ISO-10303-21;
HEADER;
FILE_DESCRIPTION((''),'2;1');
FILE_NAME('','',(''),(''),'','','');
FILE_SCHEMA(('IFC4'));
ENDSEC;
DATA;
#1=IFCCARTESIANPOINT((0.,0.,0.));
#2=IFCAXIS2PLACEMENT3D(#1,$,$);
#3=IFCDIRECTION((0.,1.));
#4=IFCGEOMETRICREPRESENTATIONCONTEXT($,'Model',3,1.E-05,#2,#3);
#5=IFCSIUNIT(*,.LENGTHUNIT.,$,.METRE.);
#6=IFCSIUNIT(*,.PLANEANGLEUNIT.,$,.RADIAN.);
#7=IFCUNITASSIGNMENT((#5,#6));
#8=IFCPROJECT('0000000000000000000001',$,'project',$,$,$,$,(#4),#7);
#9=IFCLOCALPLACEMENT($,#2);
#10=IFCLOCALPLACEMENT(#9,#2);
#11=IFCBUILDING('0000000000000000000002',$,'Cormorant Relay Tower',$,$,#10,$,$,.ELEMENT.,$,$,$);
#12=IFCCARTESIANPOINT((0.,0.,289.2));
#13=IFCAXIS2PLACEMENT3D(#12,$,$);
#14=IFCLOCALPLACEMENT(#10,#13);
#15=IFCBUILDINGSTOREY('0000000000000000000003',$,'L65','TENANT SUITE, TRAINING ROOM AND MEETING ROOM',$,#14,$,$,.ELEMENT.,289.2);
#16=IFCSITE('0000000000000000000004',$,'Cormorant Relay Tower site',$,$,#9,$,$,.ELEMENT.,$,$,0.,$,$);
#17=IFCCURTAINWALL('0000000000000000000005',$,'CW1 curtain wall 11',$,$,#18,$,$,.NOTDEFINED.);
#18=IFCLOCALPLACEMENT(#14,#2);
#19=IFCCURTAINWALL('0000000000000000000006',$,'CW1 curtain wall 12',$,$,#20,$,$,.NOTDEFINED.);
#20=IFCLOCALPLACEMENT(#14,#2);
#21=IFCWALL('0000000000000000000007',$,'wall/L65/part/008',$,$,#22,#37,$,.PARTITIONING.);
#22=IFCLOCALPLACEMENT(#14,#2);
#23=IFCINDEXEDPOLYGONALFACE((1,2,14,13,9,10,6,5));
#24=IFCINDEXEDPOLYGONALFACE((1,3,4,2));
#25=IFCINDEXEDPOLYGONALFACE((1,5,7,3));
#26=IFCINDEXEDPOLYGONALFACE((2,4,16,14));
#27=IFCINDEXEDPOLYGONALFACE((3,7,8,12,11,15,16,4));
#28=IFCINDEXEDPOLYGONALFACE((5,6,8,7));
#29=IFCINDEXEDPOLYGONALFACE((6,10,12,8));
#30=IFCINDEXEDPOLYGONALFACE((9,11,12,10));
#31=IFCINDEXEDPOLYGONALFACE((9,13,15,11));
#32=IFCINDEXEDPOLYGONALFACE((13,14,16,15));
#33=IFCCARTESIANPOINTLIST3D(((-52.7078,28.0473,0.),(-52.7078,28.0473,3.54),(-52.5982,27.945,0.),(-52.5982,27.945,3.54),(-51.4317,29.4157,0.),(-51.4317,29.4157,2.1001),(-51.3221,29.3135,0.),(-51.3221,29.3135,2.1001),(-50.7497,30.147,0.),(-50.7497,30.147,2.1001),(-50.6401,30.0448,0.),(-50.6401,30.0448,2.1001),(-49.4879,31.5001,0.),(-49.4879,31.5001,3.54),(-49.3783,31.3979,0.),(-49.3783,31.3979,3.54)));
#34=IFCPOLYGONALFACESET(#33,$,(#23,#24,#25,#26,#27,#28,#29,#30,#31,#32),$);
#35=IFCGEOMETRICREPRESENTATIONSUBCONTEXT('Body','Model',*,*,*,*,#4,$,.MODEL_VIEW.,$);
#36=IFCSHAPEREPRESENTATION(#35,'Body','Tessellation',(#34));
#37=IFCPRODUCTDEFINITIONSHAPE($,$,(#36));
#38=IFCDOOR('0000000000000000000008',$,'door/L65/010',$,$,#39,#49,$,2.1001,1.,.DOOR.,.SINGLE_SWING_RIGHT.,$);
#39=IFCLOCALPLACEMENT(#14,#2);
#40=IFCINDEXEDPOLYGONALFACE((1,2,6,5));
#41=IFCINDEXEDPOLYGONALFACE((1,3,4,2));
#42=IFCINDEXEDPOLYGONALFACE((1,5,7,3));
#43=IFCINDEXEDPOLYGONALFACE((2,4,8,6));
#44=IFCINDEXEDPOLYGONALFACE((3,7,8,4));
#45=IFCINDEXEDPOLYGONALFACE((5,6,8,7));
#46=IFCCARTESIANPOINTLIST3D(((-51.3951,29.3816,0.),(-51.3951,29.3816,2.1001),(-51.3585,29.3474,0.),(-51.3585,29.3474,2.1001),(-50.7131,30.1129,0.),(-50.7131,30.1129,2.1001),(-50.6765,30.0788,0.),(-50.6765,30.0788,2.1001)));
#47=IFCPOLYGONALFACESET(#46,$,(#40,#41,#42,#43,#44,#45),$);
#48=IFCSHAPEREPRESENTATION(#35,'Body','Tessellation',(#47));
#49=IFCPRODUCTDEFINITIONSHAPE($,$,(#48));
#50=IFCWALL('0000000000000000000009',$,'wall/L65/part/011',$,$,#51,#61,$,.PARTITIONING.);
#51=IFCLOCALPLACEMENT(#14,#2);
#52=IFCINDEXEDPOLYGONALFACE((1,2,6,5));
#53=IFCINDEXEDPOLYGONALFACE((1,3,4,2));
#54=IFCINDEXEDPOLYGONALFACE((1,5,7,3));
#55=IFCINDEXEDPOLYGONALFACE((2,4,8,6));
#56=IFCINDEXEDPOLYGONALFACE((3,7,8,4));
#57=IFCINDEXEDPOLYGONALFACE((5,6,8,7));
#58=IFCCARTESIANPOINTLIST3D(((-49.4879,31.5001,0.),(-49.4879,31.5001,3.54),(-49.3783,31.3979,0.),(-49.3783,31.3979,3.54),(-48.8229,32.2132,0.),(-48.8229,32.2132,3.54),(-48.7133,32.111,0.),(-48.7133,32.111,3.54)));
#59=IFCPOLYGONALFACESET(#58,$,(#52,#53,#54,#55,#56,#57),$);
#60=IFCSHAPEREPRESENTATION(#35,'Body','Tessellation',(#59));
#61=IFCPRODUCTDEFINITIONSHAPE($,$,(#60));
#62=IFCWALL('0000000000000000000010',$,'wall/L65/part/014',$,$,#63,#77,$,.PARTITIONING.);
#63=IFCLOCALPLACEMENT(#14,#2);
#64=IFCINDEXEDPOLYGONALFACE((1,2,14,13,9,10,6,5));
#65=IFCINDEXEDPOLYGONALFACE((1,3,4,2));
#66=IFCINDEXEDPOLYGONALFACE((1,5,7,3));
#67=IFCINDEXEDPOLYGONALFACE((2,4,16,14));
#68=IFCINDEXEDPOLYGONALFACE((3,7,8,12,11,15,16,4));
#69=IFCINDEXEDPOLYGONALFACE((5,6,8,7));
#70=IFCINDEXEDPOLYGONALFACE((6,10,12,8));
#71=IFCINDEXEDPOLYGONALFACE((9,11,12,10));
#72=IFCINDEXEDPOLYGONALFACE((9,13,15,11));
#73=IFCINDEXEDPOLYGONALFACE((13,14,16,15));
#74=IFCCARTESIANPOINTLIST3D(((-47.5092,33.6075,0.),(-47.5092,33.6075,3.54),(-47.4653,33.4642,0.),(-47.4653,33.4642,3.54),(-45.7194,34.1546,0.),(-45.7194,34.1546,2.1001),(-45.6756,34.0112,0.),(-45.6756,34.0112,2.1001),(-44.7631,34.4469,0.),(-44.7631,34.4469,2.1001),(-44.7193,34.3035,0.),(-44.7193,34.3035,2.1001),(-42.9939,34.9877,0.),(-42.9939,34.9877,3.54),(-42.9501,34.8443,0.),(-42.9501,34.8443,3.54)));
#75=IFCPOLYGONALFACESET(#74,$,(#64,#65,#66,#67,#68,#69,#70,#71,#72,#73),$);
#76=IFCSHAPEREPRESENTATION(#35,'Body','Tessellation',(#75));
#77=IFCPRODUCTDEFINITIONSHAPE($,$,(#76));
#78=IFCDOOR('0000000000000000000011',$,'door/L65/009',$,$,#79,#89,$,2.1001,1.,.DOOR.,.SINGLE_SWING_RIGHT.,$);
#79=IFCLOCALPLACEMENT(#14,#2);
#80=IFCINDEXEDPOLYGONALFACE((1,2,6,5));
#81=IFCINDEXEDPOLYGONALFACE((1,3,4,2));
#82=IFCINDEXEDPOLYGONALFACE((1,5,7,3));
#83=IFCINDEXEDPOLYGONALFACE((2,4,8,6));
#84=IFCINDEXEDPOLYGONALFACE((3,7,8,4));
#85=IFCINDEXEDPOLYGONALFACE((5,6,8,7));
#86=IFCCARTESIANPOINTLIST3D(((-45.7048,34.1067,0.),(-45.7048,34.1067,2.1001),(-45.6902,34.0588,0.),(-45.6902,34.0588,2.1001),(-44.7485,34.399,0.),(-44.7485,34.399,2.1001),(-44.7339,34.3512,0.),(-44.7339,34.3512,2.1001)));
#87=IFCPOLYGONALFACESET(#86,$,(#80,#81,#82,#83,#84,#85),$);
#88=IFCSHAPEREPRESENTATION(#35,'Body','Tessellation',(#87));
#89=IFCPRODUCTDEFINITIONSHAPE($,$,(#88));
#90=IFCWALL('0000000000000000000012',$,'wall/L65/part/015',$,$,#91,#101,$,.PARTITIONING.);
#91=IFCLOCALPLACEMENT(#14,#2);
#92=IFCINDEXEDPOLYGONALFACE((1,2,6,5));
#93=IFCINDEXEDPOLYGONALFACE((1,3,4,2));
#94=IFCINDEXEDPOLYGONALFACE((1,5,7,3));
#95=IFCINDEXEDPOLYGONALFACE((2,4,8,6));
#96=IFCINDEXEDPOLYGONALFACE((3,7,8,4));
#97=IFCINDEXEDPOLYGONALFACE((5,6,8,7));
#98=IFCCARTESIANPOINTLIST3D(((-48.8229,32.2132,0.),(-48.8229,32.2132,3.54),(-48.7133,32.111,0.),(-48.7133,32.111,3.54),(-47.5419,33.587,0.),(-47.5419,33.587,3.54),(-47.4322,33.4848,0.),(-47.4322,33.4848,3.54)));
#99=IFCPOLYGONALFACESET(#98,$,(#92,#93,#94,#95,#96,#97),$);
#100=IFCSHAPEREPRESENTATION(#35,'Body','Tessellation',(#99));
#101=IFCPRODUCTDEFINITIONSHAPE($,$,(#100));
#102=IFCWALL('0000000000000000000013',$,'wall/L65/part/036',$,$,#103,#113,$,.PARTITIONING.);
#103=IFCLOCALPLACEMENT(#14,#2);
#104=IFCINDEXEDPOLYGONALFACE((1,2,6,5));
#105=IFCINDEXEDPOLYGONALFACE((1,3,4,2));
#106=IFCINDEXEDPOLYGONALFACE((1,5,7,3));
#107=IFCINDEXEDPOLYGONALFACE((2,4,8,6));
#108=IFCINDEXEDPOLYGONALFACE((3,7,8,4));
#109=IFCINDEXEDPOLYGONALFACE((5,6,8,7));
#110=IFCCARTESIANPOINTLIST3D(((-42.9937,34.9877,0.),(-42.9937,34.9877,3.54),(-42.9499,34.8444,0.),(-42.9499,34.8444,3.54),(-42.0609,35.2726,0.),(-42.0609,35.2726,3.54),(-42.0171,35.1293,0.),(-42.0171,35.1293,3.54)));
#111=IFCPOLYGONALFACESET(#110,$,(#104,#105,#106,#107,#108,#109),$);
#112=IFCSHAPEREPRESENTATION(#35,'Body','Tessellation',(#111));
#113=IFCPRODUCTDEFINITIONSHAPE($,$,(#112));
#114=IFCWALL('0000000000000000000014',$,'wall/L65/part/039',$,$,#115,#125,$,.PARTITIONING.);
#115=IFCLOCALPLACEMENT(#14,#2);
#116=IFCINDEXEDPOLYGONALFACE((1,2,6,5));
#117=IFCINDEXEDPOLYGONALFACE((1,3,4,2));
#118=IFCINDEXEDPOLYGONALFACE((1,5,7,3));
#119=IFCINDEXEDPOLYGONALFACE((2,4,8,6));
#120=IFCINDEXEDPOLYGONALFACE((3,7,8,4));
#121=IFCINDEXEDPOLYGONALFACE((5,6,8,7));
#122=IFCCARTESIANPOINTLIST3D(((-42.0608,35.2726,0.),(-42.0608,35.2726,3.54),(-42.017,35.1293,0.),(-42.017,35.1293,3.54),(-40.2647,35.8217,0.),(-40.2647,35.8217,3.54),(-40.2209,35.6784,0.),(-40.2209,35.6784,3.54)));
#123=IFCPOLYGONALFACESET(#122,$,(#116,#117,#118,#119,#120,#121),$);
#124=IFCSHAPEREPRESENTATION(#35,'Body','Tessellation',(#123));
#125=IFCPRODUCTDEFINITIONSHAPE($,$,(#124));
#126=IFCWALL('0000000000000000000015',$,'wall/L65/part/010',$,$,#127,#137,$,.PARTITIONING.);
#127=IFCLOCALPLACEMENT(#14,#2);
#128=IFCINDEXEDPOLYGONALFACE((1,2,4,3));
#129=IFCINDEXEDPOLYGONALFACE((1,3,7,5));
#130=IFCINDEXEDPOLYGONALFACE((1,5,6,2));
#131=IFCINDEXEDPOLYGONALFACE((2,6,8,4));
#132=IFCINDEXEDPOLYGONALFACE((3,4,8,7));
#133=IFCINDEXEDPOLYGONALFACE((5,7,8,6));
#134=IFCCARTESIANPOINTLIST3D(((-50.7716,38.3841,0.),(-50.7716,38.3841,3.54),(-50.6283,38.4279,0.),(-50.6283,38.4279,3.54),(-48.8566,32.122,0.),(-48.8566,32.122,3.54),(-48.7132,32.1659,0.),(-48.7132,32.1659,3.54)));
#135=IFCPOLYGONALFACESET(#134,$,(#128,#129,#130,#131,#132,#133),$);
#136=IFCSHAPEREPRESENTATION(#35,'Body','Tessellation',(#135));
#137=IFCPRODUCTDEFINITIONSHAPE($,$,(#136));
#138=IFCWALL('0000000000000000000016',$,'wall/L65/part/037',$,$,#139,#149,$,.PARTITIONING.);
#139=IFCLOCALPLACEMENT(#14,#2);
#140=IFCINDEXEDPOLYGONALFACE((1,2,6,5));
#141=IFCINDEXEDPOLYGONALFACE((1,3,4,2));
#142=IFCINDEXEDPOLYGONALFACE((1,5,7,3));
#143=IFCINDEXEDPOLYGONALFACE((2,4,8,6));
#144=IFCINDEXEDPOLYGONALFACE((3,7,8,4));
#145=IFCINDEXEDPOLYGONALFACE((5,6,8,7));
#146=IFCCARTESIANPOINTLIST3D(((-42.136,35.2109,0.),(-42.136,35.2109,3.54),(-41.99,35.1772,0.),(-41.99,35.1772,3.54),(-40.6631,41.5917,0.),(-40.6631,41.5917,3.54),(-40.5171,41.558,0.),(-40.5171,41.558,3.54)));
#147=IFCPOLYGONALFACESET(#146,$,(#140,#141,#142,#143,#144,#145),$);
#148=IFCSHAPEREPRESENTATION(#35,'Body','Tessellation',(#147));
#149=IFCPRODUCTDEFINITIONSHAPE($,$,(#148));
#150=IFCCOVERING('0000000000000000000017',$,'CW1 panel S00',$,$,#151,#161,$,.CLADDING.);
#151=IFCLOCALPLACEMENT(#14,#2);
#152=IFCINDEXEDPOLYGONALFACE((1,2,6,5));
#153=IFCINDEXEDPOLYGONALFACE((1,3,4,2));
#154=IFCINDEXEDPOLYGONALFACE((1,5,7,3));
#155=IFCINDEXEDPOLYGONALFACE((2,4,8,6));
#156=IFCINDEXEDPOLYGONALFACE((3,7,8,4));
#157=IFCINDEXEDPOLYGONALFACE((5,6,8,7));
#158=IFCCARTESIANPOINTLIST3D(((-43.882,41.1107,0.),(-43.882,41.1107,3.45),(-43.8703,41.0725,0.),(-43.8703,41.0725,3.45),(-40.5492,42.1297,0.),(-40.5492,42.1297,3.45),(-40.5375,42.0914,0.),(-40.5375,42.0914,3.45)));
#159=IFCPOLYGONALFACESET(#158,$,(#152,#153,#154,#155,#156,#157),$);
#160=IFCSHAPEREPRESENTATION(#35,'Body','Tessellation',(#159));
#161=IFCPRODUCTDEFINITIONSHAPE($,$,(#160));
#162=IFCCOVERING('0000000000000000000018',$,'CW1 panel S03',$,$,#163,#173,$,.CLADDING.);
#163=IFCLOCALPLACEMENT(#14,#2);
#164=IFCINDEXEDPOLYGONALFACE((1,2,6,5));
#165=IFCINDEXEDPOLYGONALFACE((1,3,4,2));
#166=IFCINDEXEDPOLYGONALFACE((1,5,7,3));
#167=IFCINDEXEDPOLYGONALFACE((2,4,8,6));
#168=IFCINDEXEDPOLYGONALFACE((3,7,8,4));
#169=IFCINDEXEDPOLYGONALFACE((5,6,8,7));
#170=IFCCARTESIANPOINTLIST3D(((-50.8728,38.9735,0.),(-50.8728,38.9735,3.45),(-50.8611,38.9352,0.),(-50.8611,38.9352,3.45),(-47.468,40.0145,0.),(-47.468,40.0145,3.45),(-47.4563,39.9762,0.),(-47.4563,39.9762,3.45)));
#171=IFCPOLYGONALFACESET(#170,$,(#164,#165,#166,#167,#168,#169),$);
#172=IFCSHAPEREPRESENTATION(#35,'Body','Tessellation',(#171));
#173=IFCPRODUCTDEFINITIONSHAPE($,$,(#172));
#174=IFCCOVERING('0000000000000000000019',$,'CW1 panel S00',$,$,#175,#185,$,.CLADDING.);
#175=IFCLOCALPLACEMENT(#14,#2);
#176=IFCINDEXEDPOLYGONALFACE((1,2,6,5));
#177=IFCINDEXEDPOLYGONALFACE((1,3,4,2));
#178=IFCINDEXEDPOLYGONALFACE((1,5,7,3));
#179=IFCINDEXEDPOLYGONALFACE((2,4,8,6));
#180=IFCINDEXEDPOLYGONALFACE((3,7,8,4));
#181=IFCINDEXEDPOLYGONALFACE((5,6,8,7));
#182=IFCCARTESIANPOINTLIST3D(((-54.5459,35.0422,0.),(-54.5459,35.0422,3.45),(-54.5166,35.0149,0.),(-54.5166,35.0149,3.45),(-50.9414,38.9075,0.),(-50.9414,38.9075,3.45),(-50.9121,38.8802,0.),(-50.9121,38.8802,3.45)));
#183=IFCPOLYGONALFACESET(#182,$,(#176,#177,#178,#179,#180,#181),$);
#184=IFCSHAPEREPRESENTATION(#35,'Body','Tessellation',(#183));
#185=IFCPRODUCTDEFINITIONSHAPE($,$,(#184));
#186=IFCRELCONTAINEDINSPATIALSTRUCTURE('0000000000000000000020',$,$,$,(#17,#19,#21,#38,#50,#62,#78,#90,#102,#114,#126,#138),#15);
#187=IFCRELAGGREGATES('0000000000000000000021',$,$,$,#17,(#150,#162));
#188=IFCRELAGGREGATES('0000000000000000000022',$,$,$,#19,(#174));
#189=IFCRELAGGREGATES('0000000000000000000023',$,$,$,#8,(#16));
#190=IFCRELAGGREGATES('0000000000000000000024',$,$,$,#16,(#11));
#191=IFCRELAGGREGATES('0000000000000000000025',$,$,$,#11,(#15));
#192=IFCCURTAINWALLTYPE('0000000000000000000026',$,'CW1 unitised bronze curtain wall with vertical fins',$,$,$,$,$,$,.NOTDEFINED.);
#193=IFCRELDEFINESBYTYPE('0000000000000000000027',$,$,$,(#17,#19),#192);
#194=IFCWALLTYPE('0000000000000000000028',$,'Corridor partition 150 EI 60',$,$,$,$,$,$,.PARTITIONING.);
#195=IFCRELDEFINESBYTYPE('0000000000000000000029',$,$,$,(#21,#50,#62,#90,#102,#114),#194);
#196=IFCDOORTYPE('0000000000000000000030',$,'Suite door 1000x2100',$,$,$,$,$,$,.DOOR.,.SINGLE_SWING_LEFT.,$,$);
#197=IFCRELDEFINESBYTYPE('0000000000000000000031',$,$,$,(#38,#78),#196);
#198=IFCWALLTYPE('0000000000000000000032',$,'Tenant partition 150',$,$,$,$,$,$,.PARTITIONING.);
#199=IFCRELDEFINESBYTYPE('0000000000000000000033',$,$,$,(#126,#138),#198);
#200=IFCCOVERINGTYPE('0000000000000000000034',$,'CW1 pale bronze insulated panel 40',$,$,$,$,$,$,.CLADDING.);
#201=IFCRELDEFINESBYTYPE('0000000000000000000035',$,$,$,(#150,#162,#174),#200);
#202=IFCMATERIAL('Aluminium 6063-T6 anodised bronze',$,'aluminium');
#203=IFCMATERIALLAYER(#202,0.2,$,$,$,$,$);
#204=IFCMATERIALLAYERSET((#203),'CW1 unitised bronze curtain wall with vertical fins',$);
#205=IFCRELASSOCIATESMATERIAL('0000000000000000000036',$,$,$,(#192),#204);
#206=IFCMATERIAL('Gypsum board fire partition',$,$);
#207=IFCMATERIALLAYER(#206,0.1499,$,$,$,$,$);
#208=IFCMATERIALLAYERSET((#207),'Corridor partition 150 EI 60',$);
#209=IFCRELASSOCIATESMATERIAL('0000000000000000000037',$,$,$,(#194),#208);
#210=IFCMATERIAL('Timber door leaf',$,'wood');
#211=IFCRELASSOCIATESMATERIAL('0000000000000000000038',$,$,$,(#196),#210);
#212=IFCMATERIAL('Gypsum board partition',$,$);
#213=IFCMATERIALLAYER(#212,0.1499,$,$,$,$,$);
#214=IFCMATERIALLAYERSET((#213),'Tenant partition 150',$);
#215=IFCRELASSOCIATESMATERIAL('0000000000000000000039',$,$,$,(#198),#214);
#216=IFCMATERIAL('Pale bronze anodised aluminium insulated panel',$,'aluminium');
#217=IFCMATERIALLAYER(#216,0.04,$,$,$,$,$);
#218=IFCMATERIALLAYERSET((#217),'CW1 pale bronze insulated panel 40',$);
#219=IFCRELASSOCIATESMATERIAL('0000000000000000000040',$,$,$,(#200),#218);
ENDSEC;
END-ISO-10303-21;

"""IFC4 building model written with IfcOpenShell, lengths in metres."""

from ifc_helpers import new_model, si_unit, direction, frame, frame_2d, origin, origin_2d, place, context, subcontext, project, spatial, rectangle, extrude, material, layer, layer_set, type_object, element, fill, aggregate, save


model = new_model("IFC4")

# Units and contexts
model_context = context("Model", 3, precision=1e-05, world=origin(), true_north=direction((0.0, 1.0)))
body_context = subcontext(model_context, "Body", "Model", "MODEL_VIEW")
ifc_project = project(units=[si_unit("LENGTHUNIT", "METRE"), si_unit("PLANEANGLEUNIT", "RADIAN")], contexts=[model_context])

# Site, building, storey
site_placement = place(None, origin())
site = spatial("IfcSite", under=ifc_project, at=site_placement, Name="Cormorant Relay Tower site", CompositionType="ELEMENT", RefElevation=0.0)
building_placement = place(site_placement, origin())
building = spatial("IfcBuilding", under=site, at=building_placement, Name="Cormorant Relay Tower", CompositionType="ELEMENT")
storey_placement = place(building_placement, frame((0.0, 0.0, 289.2)))
storey = spatial("IfcBuildingStorey", under=building, at=storey_placement, Name="L65", Description="TENANT SUITE, TRAINING ROOM AND MEETING ROOM", CompositionType="ELEMENT", Elevation=289.2)

# Curtain walls
ifc_material_1 = material(Name="Aluminium 6063-T6 anodised bronze", Category="aluminium")
ifc_layer_1 = layer(ifc_material_1, 0.2)
ifc_layer_set_1 = layer_set([ifc_layer_1], Name="CW1 unitised bronze curtain wall with vertical fins")
curtain_wall_type = type_object("IfcCurtainWallType", Name="CW1 unitised bronze curtain wall with vertical fins", PredefinedType="NOTDEFINED", material=ifc_layer_set_1)
curtain_wall_1_placement = place(storey_placement, origin())
curtain_wall_1 = element("IfcCurtainWall", 1, at=curtain_wall_1_placement, inside=storey, type_object=curtain_wall_type, Name="CW1 curtain wall 11", PredefinedType="NOTDEFINED")
curtain_wall_2_placement = place(storey_placement, origin())
curtain_wall_2 = element("IfcCurtainWall", 2, at=curtain_wall_2_placement, inside=storey, type_object=curtain_wall_type, Name="CW1 curtain wall 12", PredefinedType="NOTDEFINED")

# Wall, opening, door
ifc_material_2 = material(Name="Gypsum board fire partition")
ifc_layer_2 = layer(ifc_material_2, 0.1499)
ifc_layer_set_2 = layer_set([ifc_layer_2], Name="Corridor partition 150 EI 60")
wall_type_1 = type_object("IfcWallType", Name="Corridor partition 150 EI 60", PredefinedType="PARTITIONING", material=ifc_layer_set_2)
wall_1_placement = place(storey_placement, frame((-49.4331, 31.449, 0.0), z_axis=(0.0, 0.0, 1.0), x_axis=(-0.682011, -0.731342, 0.0)))
wall_1 = element("IfcWall", 3, at=wall_1_placement, inside=storey, type_object=wall_type_1, Name="wall/L65/part/008", PredefinedType="PARTITIONING", context=body_context, shape_type="SweptSolid", body=[
    extrude(rectangle(XDim=4.7212, YDim=0.1499, at=frame_2d((2.3606, 0.0))), origin(), (0.0, 0.0, 1.0), 3.54),
])
opening_1_placement = place(wall_1_placement, frame((1.8501, 0.0, 0.0)))
opening_1 = element("IfcOpeningElement", 4, at=opening_1_placement, cuts=wall_1, PredefinedType="OPENING", context=body_context, shape_type="SweptSolid", body=[
    extrude(rectangle(XDim=1.0, YDim=2.1001, at=frame_2d((0.5, 1.05))), frame((0.0, 0.085, 0.0), z_axis=(0.0, -1.0, 0.0), x_axis=(1.0, 0.0, 0.0)), (0.0, 0.0, 1.0), 0.1699),
])
ifc_material_3 = material(Name="Timber door leaf", Category="wood")
door_type = type_object("IfcDoorType", Name="Suite door 1000x2100", OperationType="SINGLE_SWING_LEFT", PredefinedType="DOOR", material=ifc_material_3)
door_1_placement = place(opening_1_placement, frame((1.0, 0.0, 0.0), z_axis=(0.0, 0.0, 1.0), x_axis=(-1.0, 0.0, 0.0)))
door_1 = element("IfcDoor", 5, at=door_1_placement, inside=storey, type_object=door_type, Name="door/L65/010", OperationType="SINGLE_SWING_RIGHT", OverallHeight=2.1001, OverallWidth=1.0, PredefinedType="DOOR", context=body_context, shape_type="SweptSolid", body=[
    extrude(rectangle(XDim=1.0, YDim=2.1001, at=frame_2d((0.5, 1.05))), frame((0.0, 0.0249, 0.0), z_axis=(0.0, -1.0, 0.0), x_axis=(1.0, 0.0, 0.0)), (0.0, 0.0, 1.0), 0.05),
])
fill(opening_1, door_1)

# Wall
wall_2_placement = place(storey_placement, frame((-49.4331, 31.449, 0.0), z_axis=(0.0, 0.0, 1.0), x_axis=(0.682015, 0.731338, 0.0)))
element("IfcWall", 6, at=wall_2_placement, inside=storey, type_object=wall_type_1, Name="wall/L65/part/011", PredefinedType="PARTITIONING", context=body_context, shape_type="SweptSolid", body=[
    extrude(rectangle(XDim=0.9751, YDim=0.1499, at=frame_2d((0.4875, 0.0))), origin(), (0.0, 0.0, 1.0), 3.54),
])

# Wall, opening, door
wall_3_placement = place(storey_placement, frame((-42.9719, 34.916, 0.0), z_axis=(0.0, 0.0, 1.0), x_axis=(-0.956322, -0.292316, 0.0)))
wall_3 = element("IfcWall", 7, at=wall_3_placement, inside=storey, type_object=wall_type_1, Name="wall/L65/part/014", PredefinedType="PARTITIONING", context=body_context, shape_type="SweptSolid", body=[
    extrude(rectangle(XDim=4.7214, YDim=0.1499, at=frame_2d((2.3608, 0.0))), origin(), (0.0, 0.0, 1.0), 3.54),
])
opening_2_placement = place(wall_3_placement, frame((1.8501, 0.0, 0.0)))
opening_2 = element("IfcOpeningElement", 8, at=opening_2_placement, cuts=wall_3, PredefinedType="OPENING", context=body_context, shape_type="SweptSolid", body=[
    extrude(rectangle(XDim=1.0, YDim=2.1001, at=frame_2d((0.5, 1.05))), frame((0.0, 0.085, 0.0), z_axis=(0.0, -1.0, 0.0), x_axis=(1.0, 0.0, 0.0)), (0.0, 0.0, 1.0), 0.1699),
])
door_2_placement = place(opening_2_placement, frame((1.0, 0.0, 0.0), z_axis=(0.0, 0.0, 1.0), x_axis=(-1.0, 0.0, 0.0)))
door_2 = element("IfcDoor", 9, at=door_2_placement, inside=storey, type_object=door_type, Name="door/L65/009", OperationType="SINGLE_SWING_RIGHT", OverallHeight=2.1001, OverallWidth=1.0, PredefinedType="DOOR", context=body_context, shape_type="SweptSolid", body=[
    extrude(rectangle(XDim=1.0, YDim=2.1001, at=frame_2d((0.5, 1.05))), frame((0.0, 0.0249, 0.0), z_axis=(0.0, -1.0, 0.0), x_axis=(1.0, 0.0, 0.0)), (0.0, 0.0, 1.0), 0.05),
])
fill(opening_2, door_2)

# Walls
wall_4_placement = place(storey_placement, frame((-47.4871, 33.5359, 0.0), z_axis=(0.0, 0.0, 1.0), x_axis=(-0.68198, -0.731371, 0.0)))
element("IfcWall", 10, at=wall_4_placement, inside=storey, type_object=wall_type_1, Name="wall/L65/part/015", PredefinedType="PARTITIONING", context=body_context, shape_type="SweptSolid", body=[
    extrude(rectangle(XDim=1.8784, YDim=0.1499, at=frame_2d((0.9392, 0.0))), origin(), (0.0, 0.0, 1.0), 3.54),
])
wall_5_placement = place(storey_placement, frame((-42.9719, 34.916, 0.0), z_axis=(0.0, 0.0, 1.0), x_axis=(0.956388, 0.292098, 0.0)))
element("IfcWall", 11, at=wall_5_placement, inside=storey, type_object=wall_type_1, Name="wall/L65/part/036", PredefinedType="PARTITIONING", context=body_context, shape_type="SweptSolid", body=[
    extrude(rectangle(XDim=0.9753, YDim=0.1499, at=frame_2d((0.4878, 0.0))), origin(), (0.0, 0.0, 1.0), 3.54),
])
wall_6_placement = place(storey_placement, frame((-40.2429, 35.75, 0.0), z_axis=(0.0, 0.0, 1.0), x_axis=(-0.956314, -0.292341, 0.0)))
element("IfcWall", 12, at=wall_6_placement, inside=storey, type_object=wall_type_1, Name="wall/L65/part/039", PredefinedType="PARTITIONING", context=body_context, shape_type="SweptSolid", body=[
    extrude(rectangle(XDim=1.8782, YDim=0.1499, at=frame_2d((0.939, 0.0))), origin(), (0.0, 0.0, 1.0), 3.54),
])
ifc_material_4 = material(Name="Gypsum board partition")
ifc_layer_3 = layer(ifc_material_4, 0.1499)
ifc_layer_set_3 = layer_set([ifc_layer_3], Name="Tenant partition 150")
wall_type_2 = type_object("IfcWallType", Name="Tenant partition 150", PredefinedType="PARTITIONING", material=ifc_layer_set_3)
wall_7_placement = place(storey_placement, frame((-50.7, 38.406, 0.0), z_axis=(0.0, 0.0, 1.0), x_axis=(0.292451, -0.956281, 0.0)))
element("IfcWall", 13, at=wall_7_placement, inside=storey, type_object=wall_type_2, Name="wall/L65/part/010", PredefinedType="PARTITIONING", context=body_context, shape_type="SweptSolid", body=[
    extrude(rectangle(XDim=6.5483, YDim=0.1499, at=frame_2d((3.2742, 0.0))), origin(), (0.0, 0.0, 1.0), 3.54),
])
wall_8_placement = place(storey_placement, frame((-40.5901, 41.575, 0.0), z_axis=(0.0, 0.0, 1.0), x_axis=(-0.224917, -0.974378, 0.0)))
element("IfcWall", 14, at=wall_8_placement, inside=storey, type_object=wall_type_2, Name="wall/L65/part/037", PredefinedType="PARTITIONING", context=body_context, shape_type="SweptSolid", body=[
    extrude(rectangle(XDim=6.5486, YDim=0.1499, at=frame_2d((3.2744, 0.0))), origin(), (0.0, 0.0, 1.0), 3.54),
])

# Coverings
ifc_material_5 = material(Name="Pale bronze anodised aluminium insulated panel", Category="aluminium")
ifc_layer_4 = layer(ifc_material_5, 0.04)
ifc_layer_set_4 = layer_set([ifc_layer_4], Name="CW1 pale bronze insulated panel 40")
covering_type = type_object("IfcCoveringType", Name="CW1 pale bronze insulated panel 40", PredefinedType="CLADDING", material=ifc_layer_set_4)
covering_1_placement = place(storey_placement, frame((-42.2097, 41.6011, 0.0), z_axis=(0.0, 0.0, 1.0), x_axis=(-0.956305, -0.292372, 0.0)))
covering_1 = element("IfcCovering", 15, at=covering_1_placement, type_object=covering_type, Name="CW1 panel S00", PredefinedType="CLADDING", context=body_context, shape_type="SweptSolid", body=[
    extrude(rectangle(XDim=3.4851, YDim=0.04, at=origin_2d()), origin(), (0.0, 0.0, 1.0), 3.45),
])
covering_2_placement = place(storey_placement, frame((-49.1646, 39.4749, 0.0), z_axis=(0.0, 0.0, 1.0), x_axis=(-0.956305, -0.292372, 0.0)))
covering_2 = element("IfcCovering", 16, at=covering_2_placement, type_object=covering_type, Name="CW1 panel S03", PredefinedType="CLADDING", context=body_context, shape_type="SweptSolid", body=[
    extrude(rectangle(XDim=3.5603, YDim=0.04, at=origin_2d()), origin(), (0.0, 0.0, 1.0), 3.45),
])
aggregate(curtain_wall_1, [covering_1, covering_2])
covering_3_placement = place(storey_placement, frame((-52.729, 36.9612, 0.0), z_axis=(0.0, 0.0, 1.0), x_axis=(-0.681998, -0.731354, 0.0)))
covering_3 = element("IfcCovering", 17, at=covering_3_placement, type_object=covering_type, Name="CW1 panel S00", PredefinedType="CLADDING", context=body_context, shape_type="SweptSolid", body=[
    extrude(rectangle(XDim=5.2852, YDim=0.04, at=origin_2d()), origin(), (0.0, 0.0, 1.0), 3.45),
])
aggregate(curtain_wall_2, [covering_3])

save(model, "model.ifc")
